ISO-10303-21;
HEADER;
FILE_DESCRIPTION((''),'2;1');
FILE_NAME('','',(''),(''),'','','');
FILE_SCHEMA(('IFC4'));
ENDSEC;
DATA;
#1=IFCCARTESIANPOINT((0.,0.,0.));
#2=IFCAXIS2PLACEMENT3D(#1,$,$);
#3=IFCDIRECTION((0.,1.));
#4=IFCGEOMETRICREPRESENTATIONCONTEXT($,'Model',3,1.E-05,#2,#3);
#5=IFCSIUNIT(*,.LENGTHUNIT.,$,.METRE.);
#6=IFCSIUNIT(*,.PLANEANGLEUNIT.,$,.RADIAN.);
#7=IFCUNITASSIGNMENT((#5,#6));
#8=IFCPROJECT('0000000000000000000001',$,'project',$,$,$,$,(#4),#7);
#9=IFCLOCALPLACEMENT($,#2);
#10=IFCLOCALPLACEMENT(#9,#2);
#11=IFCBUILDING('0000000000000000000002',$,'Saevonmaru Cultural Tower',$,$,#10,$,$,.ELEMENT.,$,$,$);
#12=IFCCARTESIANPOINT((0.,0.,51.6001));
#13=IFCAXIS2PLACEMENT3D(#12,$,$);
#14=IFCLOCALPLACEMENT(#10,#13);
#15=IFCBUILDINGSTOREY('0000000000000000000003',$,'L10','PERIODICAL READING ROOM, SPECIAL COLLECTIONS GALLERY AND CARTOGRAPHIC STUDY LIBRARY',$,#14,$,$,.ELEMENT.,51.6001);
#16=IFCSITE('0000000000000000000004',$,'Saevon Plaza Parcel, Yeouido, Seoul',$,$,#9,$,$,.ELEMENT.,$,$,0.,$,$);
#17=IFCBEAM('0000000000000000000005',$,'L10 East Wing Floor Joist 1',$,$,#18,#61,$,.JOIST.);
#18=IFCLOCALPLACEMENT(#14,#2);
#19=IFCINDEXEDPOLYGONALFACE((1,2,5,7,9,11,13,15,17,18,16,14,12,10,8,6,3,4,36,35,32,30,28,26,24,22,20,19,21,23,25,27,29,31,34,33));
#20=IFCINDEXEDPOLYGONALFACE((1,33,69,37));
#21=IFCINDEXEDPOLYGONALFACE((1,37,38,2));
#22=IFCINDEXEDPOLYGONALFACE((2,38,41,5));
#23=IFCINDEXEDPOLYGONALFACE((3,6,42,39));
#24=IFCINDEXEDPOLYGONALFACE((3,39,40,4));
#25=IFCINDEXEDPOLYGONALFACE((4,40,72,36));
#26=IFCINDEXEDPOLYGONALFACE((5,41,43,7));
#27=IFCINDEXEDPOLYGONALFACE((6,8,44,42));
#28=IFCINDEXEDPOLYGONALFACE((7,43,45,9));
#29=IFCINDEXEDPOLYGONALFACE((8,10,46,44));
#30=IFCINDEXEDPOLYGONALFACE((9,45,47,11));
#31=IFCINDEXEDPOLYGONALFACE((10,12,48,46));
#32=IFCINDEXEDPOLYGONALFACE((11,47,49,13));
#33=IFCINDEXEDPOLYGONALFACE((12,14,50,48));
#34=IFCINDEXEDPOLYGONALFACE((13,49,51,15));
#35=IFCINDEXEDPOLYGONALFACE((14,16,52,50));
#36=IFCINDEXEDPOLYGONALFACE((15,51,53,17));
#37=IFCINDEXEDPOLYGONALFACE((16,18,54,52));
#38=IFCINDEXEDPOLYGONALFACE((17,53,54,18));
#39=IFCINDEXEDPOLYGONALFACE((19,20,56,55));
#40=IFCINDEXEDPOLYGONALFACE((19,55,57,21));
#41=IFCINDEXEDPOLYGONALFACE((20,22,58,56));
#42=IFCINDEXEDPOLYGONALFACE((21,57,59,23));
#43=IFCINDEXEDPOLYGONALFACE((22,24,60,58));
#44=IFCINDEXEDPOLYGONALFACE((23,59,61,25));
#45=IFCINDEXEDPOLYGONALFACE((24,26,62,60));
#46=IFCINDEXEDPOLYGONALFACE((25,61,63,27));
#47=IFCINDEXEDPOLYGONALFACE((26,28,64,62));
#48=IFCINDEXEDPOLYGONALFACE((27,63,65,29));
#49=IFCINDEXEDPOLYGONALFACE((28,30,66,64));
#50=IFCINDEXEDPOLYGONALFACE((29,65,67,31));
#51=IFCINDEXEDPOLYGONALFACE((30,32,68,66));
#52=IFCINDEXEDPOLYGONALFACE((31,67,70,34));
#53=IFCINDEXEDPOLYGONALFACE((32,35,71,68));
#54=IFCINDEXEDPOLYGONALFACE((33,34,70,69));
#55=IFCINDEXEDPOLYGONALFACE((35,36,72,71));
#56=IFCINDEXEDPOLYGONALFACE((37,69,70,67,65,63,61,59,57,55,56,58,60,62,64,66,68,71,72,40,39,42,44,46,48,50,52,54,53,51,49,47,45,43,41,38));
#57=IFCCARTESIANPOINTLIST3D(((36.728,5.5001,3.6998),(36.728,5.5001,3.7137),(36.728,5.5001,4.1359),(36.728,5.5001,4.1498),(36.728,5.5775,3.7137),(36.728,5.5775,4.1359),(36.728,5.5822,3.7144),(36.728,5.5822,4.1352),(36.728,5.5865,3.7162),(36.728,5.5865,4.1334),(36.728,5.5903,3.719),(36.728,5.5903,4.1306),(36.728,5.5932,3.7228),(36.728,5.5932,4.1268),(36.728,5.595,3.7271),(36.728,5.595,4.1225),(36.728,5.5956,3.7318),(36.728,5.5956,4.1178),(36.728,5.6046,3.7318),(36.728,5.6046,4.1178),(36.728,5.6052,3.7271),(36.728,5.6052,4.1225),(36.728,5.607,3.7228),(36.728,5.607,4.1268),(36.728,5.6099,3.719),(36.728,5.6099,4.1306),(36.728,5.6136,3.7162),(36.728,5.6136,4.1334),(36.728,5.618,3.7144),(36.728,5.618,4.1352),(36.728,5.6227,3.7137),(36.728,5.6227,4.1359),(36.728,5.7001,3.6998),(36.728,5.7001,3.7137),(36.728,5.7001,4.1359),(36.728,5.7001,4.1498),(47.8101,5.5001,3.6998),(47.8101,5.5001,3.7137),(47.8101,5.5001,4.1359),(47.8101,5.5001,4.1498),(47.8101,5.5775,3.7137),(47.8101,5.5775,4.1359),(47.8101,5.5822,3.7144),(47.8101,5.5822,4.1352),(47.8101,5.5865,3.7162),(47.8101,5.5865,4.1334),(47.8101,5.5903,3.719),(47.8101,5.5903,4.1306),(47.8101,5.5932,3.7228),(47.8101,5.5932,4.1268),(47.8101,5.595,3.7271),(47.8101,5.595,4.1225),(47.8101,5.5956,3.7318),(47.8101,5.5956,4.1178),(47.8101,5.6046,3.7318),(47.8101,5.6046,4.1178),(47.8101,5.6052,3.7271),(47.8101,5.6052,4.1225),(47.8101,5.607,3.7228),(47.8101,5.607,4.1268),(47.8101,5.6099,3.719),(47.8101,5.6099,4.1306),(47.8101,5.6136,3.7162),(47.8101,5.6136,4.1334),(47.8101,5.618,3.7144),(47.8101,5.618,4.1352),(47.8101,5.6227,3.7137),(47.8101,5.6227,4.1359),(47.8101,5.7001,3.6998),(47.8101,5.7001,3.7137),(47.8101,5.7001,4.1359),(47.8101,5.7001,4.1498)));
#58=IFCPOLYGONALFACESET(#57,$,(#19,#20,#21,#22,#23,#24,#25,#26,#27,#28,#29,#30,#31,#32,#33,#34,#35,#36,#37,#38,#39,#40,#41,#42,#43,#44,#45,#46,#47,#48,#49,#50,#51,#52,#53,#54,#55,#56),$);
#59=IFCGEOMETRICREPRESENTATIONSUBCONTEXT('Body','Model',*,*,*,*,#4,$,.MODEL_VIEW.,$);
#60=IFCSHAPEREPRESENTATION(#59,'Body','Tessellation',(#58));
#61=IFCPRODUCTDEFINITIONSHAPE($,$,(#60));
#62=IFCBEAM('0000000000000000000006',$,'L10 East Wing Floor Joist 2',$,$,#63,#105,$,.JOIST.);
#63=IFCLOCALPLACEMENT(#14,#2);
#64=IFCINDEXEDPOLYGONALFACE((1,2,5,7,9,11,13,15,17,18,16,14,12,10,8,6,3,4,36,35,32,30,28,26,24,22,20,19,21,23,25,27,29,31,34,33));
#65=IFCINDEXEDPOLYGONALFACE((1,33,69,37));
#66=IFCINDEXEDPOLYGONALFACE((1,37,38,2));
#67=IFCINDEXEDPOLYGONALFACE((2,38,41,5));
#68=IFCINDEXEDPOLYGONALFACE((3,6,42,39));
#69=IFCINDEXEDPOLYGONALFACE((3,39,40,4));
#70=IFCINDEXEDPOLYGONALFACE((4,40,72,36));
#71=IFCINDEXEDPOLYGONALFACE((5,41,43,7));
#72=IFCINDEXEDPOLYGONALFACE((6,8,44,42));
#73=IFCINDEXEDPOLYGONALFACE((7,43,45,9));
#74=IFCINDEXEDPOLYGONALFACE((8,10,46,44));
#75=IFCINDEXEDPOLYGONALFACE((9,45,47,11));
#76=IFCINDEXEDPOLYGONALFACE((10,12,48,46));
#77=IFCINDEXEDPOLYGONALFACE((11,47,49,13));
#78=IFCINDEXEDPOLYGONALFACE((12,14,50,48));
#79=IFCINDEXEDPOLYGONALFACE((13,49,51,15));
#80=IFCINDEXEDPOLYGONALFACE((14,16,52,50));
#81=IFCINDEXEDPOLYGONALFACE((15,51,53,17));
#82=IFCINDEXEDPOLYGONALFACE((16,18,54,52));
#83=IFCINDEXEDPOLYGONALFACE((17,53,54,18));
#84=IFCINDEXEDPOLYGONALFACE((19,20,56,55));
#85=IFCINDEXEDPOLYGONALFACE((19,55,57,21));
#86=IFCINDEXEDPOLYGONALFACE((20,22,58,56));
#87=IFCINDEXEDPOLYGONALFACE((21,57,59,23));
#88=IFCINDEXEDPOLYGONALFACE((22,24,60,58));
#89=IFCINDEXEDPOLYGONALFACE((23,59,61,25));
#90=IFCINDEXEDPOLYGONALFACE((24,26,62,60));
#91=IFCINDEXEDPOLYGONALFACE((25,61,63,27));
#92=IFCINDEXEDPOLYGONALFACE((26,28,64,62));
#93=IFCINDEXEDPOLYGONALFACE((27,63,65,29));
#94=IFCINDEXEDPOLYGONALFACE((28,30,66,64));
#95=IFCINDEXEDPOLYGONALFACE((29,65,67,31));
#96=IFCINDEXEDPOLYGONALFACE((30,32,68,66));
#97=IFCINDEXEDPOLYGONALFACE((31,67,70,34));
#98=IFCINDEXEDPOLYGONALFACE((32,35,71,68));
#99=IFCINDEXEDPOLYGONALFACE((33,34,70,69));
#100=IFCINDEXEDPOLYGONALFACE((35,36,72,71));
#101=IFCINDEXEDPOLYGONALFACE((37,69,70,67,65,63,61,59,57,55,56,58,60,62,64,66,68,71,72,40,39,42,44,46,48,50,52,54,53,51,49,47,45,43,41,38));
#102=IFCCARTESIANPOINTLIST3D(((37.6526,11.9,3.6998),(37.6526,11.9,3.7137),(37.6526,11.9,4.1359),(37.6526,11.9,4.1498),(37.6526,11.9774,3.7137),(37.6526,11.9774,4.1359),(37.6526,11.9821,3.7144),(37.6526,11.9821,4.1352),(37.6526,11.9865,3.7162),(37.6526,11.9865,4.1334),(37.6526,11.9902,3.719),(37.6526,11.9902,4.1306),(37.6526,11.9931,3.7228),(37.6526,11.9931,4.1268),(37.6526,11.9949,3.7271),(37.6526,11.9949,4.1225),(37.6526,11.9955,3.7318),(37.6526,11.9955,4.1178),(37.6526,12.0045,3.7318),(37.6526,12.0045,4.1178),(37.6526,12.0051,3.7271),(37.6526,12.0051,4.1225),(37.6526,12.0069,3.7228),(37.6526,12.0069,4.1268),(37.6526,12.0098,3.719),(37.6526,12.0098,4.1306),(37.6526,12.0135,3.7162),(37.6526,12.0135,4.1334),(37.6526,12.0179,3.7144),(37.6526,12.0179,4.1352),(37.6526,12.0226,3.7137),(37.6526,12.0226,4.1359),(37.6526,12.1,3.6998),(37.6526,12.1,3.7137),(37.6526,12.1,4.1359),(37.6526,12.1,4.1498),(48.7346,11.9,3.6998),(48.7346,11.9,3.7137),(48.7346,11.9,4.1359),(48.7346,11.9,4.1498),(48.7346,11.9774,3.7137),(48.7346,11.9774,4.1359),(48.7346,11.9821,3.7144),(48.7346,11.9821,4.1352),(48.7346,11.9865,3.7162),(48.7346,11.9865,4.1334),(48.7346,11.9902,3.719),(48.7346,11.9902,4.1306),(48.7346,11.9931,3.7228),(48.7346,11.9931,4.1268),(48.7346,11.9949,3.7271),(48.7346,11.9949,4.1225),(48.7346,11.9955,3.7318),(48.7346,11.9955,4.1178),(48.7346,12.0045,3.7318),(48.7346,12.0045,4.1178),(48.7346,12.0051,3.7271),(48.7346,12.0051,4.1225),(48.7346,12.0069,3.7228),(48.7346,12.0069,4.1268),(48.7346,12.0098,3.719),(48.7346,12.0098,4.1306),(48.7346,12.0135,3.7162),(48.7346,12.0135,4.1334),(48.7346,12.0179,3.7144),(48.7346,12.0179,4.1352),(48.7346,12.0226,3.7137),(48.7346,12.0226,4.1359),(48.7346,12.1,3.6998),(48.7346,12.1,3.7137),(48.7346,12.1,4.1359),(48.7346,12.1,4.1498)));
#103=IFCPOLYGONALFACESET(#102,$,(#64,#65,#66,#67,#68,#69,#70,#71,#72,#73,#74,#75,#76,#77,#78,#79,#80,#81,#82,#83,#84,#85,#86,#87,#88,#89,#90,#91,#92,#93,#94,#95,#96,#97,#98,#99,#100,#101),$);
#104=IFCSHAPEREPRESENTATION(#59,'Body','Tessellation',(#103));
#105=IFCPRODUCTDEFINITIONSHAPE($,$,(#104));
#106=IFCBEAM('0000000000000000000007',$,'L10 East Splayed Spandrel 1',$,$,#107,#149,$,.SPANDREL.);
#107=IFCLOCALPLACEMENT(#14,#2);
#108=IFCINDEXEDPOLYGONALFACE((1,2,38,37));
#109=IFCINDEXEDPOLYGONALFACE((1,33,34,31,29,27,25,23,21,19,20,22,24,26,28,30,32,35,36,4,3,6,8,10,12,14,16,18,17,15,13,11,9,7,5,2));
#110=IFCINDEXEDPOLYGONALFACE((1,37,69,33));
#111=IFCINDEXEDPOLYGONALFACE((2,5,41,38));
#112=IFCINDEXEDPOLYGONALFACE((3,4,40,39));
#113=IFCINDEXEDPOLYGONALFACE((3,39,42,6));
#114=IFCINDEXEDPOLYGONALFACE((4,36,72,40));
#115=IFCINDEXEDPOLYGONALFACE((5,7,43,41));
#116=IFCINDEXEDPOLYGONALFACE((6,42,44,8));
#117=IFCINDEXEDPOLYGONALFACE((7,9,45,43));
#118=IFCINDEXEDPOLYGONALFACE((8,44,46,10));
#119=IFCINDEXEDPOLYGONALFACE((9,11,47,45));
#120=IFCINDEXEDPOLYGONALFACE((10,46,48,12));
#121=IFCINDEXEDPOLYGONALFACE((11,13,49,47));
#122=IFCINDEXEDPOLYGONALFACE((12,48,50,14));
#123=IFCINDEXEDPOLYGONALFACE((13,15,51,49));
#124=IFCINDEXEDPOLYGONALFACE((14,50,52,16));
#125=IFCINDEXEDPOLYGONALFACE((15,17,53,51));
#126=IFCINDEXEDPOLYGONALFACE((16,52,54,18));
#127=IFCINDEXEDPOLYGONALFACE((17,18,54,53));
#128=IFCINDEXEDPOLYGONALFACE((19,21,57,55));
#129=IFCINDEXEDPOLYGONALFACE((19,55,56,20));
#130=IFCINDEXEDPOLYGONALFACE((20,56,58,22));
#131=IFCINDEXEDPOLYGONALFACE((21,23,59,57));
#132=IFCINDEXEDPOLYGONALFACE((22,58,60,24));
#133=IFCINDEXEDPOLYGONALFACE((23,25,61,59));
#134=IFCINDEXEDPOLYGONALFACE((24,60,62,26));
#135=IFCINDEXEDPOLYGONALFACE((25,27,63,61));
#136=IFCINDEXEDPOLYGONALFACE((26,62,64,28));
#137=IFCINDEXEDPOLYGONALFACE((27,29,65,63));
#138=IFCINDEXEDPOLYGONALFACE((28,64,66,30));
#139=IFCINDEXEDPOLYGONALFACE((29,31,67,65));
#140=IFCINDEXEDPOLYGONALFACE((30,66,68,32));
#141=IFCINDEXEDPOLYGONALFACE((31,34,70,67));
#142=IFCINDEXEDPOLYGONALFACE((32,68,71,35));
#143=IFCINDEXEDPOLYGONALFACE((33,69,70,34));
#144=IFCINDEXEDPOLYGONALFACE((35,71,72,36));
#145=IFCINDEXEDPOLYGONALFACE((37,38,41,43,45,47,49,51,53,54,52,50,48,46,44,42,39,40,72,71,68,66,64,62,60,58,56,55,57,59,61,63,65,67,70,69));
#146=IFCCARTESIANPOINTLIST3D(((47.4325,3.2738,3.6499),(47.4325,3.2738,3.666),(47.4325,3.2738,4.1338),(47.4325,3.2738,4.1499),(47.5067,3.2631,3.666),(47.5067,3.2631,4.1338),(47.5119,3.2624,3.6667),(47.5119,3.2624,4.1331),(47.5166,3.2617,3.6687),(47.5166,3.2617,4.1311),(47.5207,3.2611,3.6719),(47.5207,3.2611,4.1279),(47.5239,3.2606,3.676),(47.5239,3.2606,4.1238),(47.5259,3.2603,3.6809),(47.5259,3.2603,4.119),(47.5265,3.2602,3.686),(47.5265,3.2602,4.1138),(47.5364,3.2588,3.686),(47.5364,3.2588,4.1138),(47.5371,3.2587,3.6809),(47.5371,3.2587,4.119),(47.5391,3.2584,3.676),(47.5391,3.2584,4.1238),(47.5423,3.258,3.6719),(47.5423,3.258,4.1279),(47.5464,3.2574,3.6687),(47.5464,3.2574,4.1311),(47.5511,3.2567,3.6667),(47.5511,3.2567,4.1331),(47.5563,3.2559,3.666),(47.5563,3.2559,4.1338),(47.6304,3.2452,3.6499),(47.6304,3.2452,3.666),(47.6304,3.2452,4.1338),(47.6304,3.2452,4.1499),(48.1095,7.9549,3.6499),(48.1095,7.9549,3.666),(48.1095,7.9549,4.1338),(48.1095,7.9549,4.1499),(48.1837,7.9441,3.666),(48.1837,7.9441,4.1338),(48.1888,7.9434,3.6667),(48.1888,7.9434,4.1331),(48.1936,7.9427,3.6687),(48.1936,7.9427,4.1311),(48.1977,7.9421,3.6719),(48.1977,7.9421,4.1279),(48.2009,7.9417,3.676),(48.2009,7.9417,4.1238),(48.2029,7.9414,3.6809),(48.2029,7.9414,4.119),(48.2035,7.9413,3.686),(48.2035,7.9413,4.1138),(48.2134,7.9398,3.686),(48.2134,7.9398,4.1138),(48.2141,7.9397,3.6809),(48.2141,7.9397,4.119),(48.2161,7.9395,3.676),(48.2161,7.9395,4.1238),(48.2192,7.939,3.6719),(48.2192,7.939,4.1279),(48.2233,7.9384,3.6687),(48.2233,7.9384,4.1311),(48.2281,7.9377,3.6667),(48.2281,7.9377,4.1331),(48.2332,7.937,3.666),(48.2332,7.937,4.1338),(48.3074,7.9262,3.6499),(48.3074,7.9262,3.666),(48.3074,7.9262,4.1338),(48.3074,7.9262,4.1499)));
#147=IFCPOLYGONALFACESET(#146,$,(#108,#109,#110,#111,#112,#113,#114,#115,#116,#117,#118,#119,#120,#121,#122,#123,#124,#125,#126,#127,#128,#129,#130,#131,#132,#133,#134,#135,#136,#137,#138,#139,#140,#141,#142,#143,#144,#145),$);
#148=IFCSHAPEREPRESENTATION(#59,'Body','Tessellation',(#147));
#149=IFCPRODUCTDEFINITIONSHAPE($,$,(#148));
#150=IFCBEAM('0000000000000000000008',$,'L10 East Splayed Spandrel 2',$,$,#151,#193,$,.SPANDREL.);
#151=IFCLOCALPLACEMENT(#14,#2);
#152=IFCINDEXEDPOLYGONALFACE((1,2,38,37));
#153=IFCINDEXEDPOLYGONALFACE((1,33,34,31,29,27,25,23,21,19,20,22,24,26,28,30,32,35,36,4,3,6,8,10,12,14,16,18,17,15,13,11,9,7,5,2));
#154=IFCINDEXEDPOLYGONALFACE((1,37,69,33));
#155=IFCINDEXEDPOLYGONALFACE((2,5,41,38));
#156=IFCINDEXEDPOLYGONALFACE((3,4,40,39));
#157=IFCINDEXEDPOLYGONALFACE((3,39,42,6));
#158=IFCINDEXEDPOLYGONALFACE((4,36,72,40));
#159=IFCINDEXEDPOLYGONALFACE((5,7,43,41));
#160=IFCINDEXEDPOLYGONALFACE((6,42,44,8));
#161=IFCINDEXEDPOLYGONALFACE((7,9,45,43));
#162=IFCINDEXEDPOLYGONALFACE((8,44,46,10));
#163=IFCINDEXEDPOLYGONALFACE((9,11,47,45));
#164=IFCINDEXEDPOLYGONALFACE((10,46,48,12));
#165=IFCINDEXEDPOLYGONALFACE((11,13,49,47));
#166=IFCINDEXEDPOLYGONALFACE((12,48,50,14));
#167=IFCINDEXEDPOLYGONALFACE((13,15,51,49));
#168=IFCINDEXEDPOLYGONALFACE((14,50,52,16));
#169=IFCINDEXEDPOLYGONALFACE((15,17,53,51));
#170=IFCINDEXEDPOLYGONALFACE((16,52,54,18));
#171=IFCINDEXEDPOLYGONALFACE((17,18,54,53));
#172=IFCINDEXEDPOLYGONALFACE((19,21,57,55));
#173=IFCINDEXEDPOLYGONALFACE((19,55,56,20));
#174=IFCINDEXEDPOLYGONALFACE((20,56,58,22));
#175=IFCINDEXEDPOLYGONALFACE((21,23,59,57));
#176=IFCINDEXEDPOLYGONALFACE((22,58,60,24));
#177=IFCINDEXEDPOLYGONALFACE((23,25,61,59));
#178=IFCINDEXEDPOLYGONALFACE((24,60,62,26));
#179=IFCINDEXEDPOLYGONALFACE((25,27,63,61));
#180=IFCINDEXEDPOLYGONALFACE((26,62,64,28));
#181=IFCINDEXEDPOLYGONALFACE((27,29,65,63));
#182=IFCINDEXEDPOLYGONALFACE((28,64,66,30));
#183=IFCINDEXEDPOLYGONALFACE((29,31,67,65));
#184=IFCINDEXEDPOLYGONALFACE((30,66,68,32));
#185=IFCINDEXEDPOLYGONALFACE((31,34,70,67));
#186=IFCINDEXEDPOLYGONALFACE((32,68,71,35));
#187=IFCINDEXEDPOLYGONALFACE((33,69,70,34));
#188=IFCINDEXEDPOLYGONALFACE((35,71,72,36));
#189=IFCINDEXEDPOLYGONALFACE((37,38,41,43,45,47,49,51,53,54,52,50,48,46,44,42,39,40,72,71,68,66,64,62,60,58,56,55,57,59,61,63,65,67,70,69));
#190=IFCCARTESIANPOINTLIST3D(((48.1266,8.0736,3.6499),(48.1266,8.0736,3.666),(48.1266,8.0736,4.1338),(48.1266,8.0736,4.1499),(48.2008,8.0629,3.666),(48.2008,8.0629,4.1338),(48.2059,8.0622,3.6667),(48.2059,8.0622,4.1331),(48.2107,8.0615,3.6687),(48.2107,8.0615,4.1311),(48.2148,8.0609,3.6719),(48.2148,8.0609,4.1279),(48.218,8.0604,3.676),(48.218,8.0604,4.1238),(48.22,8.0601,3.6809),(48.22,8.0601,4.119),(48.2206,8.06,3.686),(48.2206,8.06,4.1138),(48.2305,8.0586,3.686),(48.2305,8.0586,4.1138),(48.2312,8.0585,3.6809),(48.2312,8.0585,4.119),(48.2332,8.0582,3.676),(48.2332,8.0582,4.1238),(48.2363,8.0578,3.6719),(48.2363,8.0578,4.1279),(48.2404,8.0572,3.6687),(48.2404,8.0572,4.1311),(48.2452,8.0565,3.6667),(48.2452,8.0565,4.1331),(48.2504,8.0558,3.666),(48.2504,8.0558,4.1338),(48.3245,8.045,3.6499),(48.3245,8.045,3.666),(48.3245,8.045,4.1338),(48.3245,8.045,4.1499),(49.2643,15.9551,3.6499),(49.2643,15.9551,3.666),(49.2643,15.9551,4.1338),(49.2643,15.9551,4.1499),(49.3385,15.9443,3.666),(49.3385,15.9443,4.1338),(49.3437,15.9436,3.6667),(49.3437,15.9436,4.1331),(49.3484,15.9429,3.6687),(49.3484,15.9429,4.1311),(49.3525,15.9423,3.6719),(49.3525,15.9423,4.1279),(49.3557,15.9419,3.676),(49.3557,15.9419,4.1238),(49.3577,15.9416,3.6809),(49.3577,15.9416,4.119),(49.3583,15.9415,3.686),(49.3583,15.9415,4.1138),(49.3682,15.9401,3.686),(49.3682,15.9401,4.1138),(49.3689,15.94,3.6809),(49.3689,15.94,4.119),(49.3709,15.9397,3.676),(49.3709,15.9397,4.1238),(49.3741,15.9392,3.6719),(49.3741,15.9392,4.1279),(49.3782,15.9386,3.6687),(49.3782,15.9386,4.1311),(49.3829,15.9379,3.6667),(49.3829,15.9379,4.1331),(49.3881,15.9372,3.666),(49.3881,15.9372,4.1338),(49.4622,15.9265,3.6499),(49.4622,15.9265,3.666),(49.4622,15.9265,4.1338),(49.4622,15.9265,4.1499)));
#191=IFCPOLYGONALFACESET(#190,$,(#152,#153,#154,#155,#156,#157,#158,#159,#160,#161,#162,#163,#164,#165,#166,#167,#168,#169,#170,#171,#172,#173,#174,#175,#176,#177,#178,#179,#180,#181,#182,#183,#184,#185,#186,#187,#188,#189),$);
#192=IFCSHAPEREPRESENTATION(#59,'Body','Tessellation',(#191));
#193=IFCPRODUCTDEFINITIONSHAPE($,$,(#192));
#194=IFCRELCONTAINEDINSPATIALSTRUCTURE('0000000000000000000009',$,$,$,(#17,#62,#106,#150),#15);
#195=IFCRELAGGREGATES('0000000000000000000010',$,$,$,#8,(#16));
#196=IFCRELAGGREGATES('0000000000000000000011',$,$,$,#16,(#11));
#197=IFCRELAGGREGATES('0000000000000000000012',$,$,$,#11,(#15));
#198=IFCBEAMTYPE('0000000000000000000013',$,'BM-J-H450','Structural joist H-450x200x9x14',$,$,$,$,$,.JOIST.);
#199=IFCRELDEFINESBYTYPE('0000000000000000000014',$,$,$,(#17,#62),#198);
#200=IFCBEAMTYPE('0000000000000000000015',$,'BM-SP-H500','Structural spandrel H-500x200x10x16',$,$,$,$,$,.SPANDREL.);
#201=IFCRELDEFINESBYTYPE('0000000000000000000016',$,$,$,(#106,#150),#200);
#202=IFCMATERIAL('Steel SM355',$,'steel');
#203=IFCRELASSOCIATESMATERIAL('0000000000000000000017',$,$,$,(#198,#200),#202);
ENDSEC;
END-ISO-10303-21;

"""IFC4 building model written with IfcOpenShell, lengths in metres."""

from ifc_helpers import new_model, si_unit, direction, frame, origin, origin_2d, place, context, subcontext, project, spatial, i_section, extrude, material, material_profile, profile_set, type_object, element, save


model = new_model("IFC4")

# Units and contexts
model_context = context("Model", 3, precision=1e-05, world=origin(), true_north=direction((0.0, 1.0)))
body_context = subcontext(model_context, "Body", "Model", "MODEL_VIEW")
ifc_project = project(units=[si_unit("LENGTHUNIT", "METRE"), si_unit("PLANEANGLEUNIT", "RADIAN")], contexts=[model_context])

# Site, building, storey
site_placement = place(None, origin())
site = spatial("IfcSite", under=ifc_project, at=site_placement, Name="Saevon Plaza Parcel, Yeouido, Seoul", CompositionType="ELEMENT", RefElevation=0.0)
building_placement = place(site_placement, origin())
building = spatial("IfcBuilding", under=site, at=building_placement, Name="Saevonmaru Cultural Tower", CompositionType="ELEMENT")
storey_placement = place(building_placement, frame((0.0, 0.0, 51.6001)))
storey = spatial("IfcBuildingStorey", under=building, at=storey_placement, Name="L10", Description="PERIODICAL READING ROOM, SPECIAL COLLECTIONS GALLERY AND CARTOGRAPHIC STUDY LIBRARY", CompositionType="ELEMENT", Elevation=51.6001)

# Beams
ifc_material_1 = material(Name="Steel SM355", Category="steel")
ifc_material_profile_1 = material_profile(ifc_material_1, i_section(OverallWidth=0.2, OverallDepth=0.45, WebThickness=0.009, FlangeThickness=0.0139, FilletRadius=0.0181, at=origin_2d()), Name="H-450x200x9x14")
ifc_profile_set_1 = profile_set([ifc_material_profile_1], Name="Steel SM355")
beam_type_1 = type_object("IfcBeamType", Name="BM-J-H450", Description="Structural joist H-450x200x9x14", PredefinedType="JOIST", material=ifc_profile_set_1)
for number, where, z_axis, x_axis, name in (
    (1, (36.728, 5.6001, 3.9248), (1.0, 0.0, 0.0), (0.0, 1.0, 0.0), "L10 East Wing Floor Joist 1"),
    (2, (37.6526, 12.0, 3.9248), (1.0, 0.0, 0.0), (0.0, 1.0, 0.0), "L10 East Wing Floor Joist 2"),
):
    element("IfcBeam", number, at=place(storey_placement, frame(where, z_axis=z_axis, x_axis=x_axis)), inside=storey, type_object=beam_type_1, Name=name, PredefinedType="JOIST", context=body_context, shape_type="SweptSolid", body=[
        extrude(i_section(OverallWidth=0.2, OverallDepth=0.45, WebThickness=0.009, FlangeThickness=0.0139, FilletRadius=0.0181, at=origin_2d()), origin(), (0.0, 0.0, 1.0), 11.082),
    ])
ifc_material_profile_2 = material_profile(ifc_material_1, i_section(OverallWidth=0.2, OverallDepth=0.5, WebThickness=0.01, FlangeThickness=0.0161, FilletRadius=0.02, at=origin_2d()), Name="H-500x200x10x16")
ifc_profile_set_2 = profile_set([ifc_material_profile_2], Name="Steel SM355")
beam_type_2 = type_object("IfcBeamType", Name="BM-SP-H500", Description="Structural spandrel H-500x200x10x16", PredefinedType="SPANDREL", material=ifc_profile_set_2)
beam_1_placement = place(storey_placement, frame((47.5315, 3.2595, 3.8999), z_axis=(0.143134, 0.989703, 0.0), x_axis=(-0.989703, 0.143134, 0.0)))
element("IfcBeam", 3, at=beam_1_placement, inside=storey, type_object=beam_type_2, Name="L10 East Splayed Spandrel 1", PredefinedType="SPANDREL", context=body_context, shape_type="SweptSolid", body=[
    extrude(i_section(OverallWidth=0.2, OverallDepth=0.5, WebThickness=0.01, FlangeThickness=0.0161, FilletRadius=0.02, at=origin_2d()), origin(), (0.0, 0.0, 1.0), 4.7297),
])
beam_2_placement = place(storey_placement, frame((48.2256, 8.0593, 3.8999), z_axis=(0.142872, 0.989741, 0.0), x_axis=(-0.989741, 0.142872, 0.0)))
element("IfcBeam", 4, at=beam_2_placement, inside=storey, type_object=beam_type_2, Name="L10 East Splayed Spandrel 2", PredefinedType="SPANDREL", context=body_context, shape_type="SweptSolid", body=[
    extrude(i_section(OverallWidth=0.2, OverallDepth=0.5, WebThickness=0.01, FlangeThickness=0.0161, FilletRadius=0.02, at=origin_2d()), origin(), (0.0, 0.0, 1.0), 7.9631),
])

save(model, "model.ifc")
